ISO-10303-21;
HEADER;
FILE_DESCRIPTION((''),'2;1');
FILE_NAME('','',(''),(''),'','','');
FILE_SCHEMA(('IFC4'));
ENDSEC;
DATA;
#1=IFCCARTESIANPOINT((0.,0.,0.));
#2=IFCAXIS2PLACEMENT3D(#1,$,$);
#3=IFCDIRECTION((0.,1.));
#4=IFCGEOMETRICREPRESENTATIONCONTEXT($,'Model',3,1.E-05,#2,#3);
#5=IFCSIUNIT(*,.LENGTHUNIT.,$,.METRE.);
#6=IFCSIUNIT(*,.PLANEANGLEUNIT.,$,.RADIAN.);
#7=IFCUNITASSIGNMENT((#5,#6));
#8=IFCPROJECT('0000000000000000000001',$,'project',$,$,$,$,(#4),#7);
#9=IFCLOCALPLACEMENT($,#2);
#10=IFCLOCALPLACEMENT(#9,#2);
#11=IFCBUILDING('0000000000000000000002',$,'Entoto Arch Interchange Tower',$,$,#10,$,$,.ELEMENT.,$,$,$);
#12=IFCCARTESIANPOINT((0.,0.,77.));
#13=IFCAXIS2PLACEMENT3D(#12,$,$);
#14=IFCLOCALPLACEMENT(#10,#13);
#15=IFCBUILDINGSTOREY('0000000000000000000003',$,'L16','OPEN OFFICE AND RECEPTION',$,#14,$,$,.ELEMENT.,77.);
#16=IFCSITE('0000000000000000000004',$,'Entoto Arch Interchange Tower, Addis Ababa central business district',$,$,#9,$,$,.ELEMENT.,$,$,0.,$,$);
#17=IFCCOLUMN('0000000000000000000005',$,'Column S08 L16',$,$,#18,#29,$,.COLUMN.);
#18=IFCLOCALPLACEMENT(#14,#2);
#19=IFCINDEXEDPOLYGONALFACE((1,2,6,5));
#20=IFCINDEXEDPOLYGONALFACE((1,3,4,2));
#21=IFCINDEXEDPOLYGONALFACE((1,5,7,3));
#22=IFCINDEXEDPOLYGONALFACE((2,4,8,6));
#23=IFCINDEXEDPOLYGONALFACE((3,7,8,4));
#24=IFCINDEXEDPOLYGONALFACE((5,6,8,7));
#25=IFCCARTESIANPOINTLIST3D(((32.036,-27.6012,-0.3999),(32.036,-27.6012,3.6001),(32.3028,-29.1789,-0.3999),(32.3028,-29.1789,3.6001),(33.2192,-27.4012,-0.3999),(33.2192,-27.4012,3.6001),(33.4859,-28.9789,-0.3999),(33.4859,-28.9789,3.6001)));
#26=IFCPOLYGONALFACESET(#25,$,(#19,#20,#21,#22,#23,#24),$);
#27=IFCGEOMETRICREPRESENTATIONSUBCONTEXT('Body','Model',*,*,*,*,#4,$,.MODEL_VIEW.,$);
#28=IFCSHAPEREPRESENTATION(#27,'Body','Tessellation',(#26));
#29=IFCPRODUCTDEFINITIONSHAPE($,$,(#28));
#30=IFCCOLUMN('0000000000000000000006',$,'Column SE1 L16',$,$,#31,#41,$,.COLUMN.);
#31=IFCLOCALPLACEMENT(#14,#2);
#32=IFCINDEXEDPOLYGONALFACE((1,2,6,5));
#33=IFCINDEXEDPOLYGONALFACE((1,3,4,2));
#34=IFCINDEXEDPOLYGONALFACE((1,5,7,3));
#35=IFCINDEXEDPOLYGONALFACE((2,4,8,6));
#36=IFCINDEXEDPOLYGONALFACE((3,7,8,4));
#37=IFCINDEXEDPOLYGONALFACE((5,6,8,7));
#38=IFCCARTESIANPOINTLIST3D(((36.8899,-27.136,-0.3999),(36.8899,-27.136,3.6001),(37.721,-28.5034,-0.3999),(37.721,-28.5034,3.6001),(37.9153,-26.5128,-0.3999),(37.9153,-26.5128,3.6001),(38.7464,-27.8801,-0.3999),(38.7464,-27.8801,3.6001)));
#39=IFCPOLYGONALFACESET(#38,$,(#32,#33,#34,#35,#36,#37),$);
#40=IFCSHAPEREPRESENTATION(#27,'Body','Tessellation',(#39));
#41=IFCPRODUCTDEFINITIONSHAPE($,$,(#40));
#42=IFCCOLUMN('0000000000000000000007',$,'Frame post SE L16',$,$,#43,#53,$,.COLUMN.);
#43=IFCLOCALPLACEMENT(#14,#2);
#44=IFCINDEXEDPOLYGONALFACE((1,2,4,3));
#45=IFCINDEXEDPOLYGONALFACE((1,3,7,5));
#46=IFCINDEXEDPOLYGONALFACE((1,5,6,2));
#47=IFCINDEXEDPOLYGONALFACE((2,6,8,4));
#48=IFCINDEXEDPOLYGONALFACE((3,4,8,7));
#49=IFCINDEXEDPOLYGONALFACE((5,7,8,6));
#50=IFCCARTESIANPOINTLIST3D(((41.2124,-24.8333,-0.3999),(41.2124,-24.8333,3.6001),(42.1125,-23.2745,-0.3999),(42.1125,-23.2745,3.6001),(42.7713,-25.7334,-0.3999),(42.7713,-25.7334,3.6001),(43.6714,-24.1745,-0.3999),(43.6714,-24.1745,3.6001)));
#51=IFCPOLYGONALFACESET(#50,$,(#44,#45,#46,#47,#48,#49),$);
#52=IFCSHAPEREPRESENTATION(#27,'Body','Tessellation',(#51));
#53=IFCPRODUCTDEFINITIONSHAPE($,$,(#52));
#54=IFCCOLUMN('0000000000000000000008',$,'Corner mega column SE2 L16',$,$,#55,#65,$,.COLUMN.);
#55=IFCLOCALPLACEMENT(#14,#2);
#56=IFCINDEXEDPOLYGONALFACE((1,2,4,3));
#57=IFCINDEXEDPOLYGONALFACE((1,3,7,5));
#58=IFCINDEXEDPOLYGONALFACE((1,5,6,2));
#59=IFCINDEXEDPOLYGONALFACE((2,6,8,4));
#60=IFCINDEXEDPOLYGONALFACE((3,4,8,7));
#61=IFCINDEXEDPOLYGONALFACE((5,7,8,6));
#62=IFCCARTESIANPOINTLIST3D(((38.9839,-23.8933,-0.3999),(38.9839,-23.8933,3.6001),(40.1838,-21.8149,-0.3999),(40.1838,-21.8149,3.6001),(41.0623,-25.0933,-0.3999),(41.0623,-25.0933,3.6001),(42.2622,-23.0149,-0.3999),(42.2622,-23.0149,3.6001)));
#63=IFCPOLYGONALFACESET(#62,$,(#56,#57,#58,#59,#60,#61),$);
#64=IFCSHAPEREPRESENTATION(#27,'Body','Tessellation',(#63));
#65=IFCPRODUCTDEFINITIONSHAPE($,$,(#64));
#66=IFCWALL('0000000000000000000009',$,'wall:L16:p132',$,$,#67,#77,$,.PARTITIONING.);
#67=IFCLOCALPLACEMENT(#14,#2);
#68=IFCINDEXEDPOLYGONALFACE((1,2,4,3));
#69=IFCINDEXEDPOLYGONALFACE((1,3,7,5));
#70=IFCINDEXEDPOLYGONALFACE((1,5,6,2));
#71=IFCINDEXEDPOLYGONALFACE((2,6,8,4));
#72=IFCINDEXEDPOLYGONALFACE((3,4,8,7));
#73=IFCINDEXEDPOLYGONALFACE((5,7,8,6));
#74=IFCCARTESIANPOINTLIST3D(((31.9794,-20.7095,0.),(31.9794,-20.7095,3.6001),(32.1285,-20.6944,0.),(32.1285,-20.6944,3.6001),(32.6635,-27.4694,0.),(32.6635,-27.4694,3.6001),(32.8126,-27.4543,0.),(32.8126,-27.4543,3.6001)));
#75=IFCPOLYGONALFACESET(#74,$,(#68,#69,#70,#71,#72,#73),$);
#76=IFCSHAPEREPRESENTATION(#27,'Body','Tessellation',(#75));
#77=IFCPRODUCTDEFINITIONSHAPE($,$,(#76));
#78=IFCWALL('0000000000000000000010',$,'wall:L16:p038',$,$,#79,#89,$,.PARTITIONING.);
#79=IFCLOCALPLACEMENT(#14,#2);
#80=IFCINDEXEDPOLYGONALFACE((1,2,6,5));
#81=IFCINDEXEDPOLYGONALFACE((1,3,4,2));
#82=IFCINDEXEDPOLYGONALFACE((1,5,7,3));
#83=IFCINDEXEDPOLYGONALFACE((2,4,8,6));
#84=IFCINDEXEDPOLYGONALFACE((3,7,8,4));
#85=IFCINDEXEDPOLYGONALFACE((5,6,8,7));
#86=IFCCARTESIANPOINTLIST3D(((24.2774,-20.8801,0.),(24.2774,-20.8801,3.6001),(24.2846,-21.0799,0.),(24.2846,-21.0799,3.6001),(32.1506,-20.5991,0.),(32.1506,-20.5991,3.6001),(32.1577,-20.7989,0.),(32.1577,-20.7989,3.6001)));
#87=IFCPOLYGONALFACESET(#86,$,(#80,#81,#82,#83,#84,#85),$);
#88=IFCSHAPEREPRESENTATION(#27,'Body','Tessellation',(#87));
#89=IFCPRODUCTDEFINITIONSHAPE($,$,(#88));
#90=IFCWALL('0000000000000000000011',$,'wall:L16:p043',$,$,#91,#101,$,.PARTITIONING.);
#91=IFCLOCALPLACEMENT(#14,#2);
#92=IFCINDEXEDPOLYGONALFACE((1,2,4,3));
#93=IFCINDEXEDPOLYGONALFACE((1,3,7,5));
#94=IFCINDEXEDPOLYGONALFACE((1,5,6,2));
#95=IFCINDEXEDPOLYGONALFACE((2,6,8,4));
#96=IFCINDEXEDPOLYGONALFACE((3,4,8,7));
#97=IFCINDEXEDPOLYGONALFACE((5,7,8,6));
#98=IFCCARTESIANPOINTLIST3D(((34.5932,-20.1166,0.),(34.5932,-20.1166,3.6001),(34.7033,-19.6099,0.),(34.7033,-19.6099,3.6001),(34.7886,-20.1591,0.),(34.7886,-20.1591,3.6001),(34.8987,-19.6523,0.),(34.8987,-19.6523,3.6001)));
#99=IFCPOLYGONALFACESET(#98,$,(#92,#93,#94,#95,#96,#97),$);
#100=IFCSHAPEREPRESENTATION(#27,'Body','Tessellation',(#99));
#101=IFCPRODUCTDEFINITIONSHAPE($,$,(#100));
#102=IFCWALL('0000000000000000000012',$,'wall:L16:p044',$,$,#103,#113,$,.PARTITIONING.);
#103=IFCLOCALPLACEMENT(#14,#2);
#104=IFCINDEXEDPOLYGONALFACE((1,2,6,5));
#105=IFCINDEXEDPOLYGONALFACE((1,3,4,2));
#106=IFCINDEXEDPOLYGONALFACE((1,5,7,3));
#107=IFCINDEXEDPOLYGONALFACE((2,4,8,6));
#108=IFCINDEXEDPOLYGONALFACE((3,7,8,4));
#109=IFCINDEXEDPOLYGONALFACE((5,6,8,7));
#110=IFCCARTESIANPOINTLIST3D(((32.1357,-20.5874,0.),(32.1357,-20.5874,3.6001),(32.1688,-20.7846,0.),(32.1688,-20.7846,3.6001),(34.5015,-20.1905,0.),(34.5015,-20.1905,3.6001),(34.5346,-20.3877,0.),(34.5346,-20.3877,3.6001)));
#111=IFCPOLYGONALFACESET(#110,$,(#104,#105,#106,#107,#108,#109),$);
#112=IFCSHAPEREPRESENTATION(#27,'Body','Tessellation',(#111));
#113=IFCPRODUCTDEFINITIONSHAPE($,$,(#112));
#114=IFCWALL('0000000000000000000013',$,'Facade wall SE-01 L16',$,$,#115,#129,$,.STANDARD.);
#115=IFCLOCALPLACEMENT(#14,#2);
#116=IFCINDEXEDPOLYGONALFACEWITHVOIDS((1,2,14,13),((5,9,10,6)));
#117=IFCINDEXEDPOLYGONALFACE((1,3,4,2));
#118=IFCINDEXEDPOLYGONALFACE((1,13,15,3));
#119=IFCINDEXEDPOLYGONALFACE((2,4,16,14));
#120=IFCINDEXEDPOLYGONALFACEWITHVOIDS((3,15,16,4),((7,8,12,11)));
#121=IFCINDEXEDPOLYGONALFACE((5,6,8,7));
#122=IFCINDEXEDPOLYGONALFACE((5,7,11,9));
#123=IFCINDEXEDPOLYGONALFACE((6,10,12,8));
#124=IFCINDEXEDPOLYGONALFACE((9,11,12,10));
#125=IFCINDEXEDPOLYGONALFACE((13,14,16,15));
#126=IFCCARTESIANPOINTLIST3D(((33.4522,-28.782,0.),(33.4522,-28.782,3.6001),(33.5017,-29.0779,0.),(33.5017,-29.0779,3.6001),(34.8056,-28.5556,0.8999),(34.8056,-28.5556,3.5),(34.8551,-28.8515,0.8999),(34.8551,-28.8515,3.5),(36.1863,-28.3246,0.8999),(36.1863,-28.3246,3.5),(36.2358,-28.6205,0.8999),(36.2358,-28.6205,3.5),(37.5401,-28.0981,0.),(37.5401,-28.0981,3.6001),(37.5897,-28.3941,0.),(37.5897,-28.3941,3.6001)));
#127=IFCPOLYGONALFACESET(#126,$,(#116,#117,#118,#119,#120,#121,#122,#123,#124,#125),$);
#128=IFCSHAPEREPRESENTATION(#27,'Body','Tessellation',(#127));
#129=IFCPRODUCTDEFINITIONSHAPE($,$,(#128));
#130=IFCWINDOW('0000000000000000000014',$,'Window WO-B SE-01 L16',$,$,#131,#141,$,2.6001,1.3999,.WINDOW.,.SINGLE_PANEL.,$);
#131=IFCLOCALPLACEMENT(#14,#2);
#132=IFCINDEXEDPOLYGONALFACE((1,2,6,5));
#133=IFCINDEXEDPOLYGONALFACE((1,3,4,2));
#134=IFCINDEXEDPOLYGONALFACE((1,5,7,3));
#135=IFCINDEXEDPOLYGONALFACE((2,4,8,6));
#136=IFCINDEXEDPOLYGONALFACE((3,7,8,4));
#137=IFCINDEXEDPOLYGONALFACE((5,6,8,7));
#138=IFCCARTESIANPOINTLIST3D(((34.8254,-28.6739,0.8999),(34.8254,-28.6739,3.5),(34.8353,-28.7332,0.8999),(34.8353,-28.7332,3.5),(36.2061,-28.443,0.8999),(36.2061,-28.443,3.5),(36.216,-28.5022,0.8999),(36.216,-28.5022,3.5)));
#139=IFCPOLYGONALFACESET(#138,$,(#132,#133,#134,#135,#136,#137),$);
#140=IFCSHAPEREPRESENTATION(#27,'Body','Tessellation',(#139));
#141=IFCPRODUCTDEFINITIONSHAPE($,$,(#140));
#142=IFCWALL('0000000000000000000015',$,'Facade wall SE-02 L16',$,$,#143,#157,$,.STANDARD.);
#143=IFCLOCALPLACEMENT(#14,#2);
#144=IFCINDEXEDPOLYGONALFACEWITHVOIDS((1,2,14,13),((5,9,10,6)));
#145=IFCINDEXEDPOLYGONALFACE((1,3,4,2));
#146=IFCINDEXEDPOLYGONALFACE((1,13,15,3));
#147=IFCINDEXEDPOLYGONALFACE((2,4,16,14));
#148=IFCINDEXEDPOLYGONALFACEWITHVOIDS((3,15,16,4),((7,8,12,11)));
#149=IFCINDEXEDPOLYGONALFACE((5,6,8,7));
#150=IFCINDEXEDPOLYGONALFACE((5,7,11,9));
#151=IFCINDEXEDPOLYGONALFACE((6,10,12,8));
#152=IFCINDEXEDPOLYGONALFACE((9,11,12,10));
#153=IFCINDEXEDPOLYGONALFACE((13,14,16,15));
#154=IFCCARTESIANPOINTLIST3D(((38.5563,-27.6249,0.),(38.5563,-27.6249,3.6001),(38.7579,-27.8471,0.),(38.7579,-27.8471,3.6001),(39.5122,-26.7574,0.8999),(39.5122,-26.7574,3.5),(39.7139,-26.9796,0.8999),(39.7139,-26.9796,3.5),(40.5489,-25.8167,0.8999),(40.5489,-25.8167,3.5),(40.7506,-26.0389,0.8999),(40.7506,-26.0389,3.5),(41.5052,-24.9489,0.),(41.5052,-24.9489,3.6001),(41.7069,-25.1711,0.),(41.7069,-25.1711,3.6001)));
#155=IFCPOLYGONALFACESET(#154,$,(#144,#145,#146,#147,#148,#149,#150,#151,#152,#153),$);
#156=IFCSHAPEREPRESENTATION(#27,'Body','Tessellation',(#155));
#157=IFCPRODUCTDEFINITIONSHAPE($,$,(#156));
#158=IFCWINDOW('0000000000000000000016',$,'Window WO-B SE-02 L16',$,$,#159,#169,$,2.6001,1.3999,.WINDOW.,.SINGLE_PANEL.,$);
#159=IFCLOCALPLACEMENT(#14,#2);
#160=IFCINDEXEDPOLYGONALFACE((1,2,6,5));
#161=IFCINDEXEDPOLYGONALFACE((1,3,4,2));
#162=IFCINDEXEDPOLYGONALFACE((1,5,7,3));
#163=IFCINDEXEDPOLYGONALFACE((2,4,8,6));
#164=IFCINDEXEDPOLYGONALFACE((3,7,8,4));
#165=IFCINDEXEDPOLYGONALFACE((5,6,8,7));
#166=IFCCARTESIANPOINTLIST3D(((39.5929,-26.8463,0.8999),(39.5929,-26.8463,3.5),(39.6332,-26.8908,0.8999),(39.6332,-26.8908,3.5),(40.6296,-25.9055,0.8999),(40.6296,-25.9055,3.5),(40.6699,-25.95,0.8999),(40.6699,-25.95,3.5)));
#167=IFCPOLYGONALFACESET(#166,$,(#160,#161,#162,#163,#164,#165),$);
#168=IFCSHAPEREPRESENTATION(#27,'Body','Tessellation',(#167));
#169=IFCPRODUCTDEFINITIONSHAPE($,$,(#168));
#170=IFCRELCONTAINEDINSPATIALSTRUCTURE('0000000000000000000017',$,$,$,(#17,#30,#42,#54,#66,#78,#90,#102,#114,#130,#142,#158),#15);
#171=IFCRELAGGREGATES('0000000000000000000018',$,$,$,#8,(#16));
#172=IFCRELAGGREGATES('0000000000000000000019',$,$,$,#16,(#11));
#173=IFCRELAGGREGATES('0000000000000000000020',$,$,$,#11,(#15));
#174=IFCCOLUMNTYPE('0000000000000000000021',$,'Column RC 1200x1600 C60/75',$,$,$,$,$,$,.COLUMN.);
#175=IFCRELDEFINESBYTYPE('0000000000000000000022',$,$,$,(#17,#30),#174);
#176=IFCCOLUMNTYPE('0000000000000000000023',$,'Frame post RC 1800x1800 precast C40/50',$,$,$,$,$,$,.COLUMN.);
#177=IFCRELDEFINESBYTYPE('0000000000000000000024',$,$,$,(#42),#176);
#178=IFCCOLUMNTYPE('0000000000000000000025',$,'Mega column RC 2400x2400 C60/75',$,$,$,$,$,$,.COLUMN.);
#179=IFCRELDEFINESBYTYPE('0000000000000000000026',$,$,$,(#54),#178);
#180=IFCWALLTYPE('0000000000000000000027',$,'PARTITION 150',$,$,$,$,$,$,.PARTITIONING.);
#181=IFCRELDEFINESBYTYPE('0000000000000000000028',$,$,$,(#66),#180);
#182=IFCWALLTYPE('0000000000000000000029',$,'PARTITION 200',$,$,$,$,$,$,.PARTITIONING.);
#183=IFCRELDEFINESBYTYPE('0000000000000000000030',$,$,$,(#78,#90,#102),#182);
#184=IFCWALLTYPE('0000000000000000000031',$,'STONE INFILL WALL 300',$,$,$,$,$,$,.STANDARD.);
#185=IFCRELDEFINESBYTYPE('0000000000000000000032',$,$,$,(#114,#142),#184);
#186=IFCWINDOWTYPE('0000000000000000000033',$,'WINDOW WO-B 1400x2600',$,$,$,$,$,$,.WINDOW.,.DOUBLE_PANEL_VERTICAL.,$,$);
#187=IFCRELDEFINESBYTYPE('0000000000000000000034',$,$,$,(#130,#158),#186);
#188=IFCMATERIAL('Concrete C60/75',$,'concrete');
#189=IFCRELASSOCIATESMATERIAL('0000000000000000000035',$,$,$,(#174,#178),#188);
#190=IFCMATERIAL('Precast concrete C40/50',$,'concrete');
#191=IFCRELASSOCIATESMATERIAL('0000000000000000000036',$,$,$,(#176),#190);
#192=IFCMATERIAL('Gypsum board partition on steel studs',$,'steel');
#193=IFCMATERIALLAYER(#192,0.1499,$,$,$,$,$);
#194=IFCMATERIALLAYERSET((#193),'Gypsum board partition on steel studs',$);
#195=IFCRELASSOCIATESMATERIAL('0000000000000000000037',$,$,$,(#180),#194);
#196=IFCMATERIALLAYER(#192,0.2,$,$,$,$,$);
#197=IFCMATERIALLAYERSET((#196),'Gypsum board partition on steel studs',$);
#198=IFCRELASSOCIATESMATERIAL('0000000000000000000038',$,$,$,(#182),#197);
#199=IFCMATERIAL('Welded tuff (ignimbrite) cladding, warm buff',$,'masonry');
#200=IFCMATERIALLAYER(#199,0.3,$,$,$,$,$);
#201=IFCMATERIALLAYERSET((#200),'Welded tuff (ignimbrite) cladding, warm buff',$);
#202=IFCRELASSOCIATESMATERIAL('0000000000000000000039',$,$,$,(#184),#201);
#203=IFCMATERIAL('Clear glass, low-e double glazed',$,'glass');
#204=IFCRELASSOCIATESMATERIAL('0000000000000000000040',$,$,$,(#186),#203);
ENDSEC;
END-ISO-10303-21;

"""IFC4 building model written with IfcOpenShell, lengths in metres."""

from ifc_helpers import new_model, si_unit, direction, frame, frame_2d, origin, origin_2d, place, context, subcontext, project, spatial, rectangle, extrude, material, layer, layer_set, material_profile, profile_set, type_object, element, fill, save


model = new_model("IFC4")

# Units and contexts
model_context = context("Model", 3, precision=1e-05, world=origin(), true_north=direction((0.0, 1.0)))
body_context = subcontext(model_context, "Body", "Model", "MODEL_VIEW")
ifc_project = project(units=[si_unit("LENGTHUNIT", "METRE"), si_unit("PLANEANGLEUNIT", "RADIAN")], contexts=[model_context])

# Site, building, storey
site_placement = place(None, origin())
site = spatial("IfcSite", under=ifc_project, at=site_placement, Name="Entoto Arch Interchange Tower, Addis Ababa central business district", CompositionType="ELEMENT", RefElevation=0.0)
building_placement = place(site_placement, origin())
building = spatial("IfcBuilding", under=site, at=building_placement, Name="Entoto Arch Interchange Tower", CompositionType="ELEMENT")
storey_placement = place(building_placement, frame((0.0, 0.0, 77.0)))
storey = spatial("IfcBuildingStorey", under=building, at=storey_placement, Name="L16", Description="OPEN OFFICE AND RECEPTION", CompositionType="ELEMENT", Elevation=77.0)

# Columns
ifc_material_1 = material(Name="Concrete C60/75", Category="concrete")
ifc_material_profile_1 = material_profile(ifc_material_1, rectangle(XDim=1.2, YDim=1.6001, at=origin_2d()))
ifc_profile_set_1 = profile_set([ifc_material_profile_1], Name="Concrete C60/75")
column_type_1 = type_object("IfcColumnType", Name="Column RC 1200x1600 C60/75", PredefinedType="COLUMN", material=ifc_profile_set_1)
for number, where, z_axis, x_axis, name in (
    (1, (32.761, -28.29, -0.3999), (0.0, 0.0, 1.0), (0.986005, 0.166717, 0.0), "Column S08 L16"),
    (2, (37.8181, -27.5081, -0.3999), (0.0, 0.0, 1.0), (0.854522, 0.519415, 0.0), "Column SE1 L16"),
):
    element("IfcColumn", number, at=place(storey_placement, frame(where, z_axis=z_axis, x_axis=x_axis)), inside=storey, type_object=column_type_1, Name=name, PredefinedType="COLUMN", context=body_context, shape_type="SweptSolid", body=[
        extrude(rectangle(XDim=1.2, YDim=1.6001, at=origin_2d()), origin(), (0.0, 0.0, 1.0), 4.0),
    ])
ifc_material_2 = material(Name="Precast concrete C40/50", Category="concrete")
ifc_material_profile_2 = material_profile(ifc_material_2, rectangle(XDim=1.8, YDim=1.8, at=origin_2d()))
ifc_profile_set_2 = profile_set([ifc_material_profile_2], Name="Precast concrete C40/50")
column_type_2 = type_object("IfcColumnType", Name="Frame post RC 1800x1800 precast C40/50", PredefinedType="COLUMN", material=ifc_profile_set_2)
column_1_placement = place(storey_placement, frame((42.4419, -24.5039, -0.3999), z_axis=(0.0, 0.0, 1.0), x_axis=(-0.866025, 0.5, 0.0)))
element("IfcColumn", 3, at=column_1_placement, inside=storey, type_object=column_type_2, Name="Frame post SE L16", PredefinedType="COLUMN", context=body_context, shape_type="SweptSolid", body=[
    extrude(rectangle(XDim=1.8, YDim=1.8, at=origin_2d()), origin(), (0.0, 0.0, 1.0), 4.0),
])
ifc_material_profile_3 = material_profile(ifc_material_1, rectangle(XDim=2.3999, YDim=2.3999, at=origin_2d()))
ifc_profile_set_3 = profile_set([ifc_material_profile_3], Name="Concrete C60/75")
column_type_3 = type_object("IfcColumnType", Name="Mega column RC 2400x2400 C60/75", PredefinedType="COLUMN", material=ifc_profile_set_3)
column_2_placement = place(storey_placement, frame((40.623, -23.4541, -0.3999), z_axis=(0.0, 0.0, 1.0), x_axis=(-0.866025, 0.5, 0.0)))
element("IfcColumn", 4, at=column_2_placement, inside=storey, type_object=column_type_3, Name="Corner mega column SE2 L16", PredefinedType="COLUMN", context=body_context, shape_type="SweptSolid", body=[
    extrude(rectangle(XDim=2.3999, YDim=2.3999, at=origin_2d()), origin(), (0.0, 0.0, 1.0), 4.0),
])

# Walls
ifc_material_3 = material(Name="Gypsum board partition on steel studs", Category="steel")
ifc_layer_1 = layer(ifc_material_3, 0.1499)
ifc_layer_set_1 = layer_set([ifc_layer_1], Name="Gypsum board partition on steel studs")
wall_type_1 = type_object("IfcWallType", Name="PARTITION 150", PredefinedType="PARTITIONING", material=ifc_layer_set_1)
wall_1_placement = place(storey_placement, frame((32.054, -20.7019, 0.0), z_axis=(0.0, 0.0, 1.0), x_axis=(0.100681, -0.994919, 0.0)))
element("IfcWall", 5, at=wall_1_placement, inside=storey, type_object=wall_type_1, Name="wall:L16:p132", PredefinedType="PARTITIONING", context=body_context, shape_type="SweptSolid", body=[
    extrude(rectangle(XDim=6.7944, YDim=0.1499, at=frame_2d((3.3972, 0.0))), origin(), (0.0, 0.0, 1.0), 3.6001),
])
ifc_layer_2 = layer(ifc_material_3, 0.2)
ifc_layer_set_2 = layer_set([ifc_layer_2], Name="Gypsum board partition on steel studs")
wall_type_2 = type_object("IfcWallType", Name="PARTITION 200", PredefinedType="PARTITIONING", material=ifc_layer_set_2)
wall_2_placement = place(storey_placement, frame((32.1541, -20.699, 0.0), z_axis=(0.0, 0.0, 1.0), x_axis=(-0.999364, -0.035669, 0.0)))
element("IfcWall", 6, at=wall_2_placement, inside=storey, type_object=wall_type_2, Name="wall:L16:p038", PredefinedType="PARTITIONING", context=body_context, shape_type="SweptSolid", body=[
    extrude(rectangle(XDim=7.8782, YDim=0.2, at=frame_2d((3.939, 0.0))), origin(), (0.0, 0.0, 1.0), 3.6001),
])
wall_3_placement = place(storey_placement, frame((34.801, -19.6311, 0.0), z_axis=(0.0, 0.0, 1.0), x_axis=(-0.212293, -0.977206, 0.0)))
element("IfcWall", 7, at=wall_3_placement, inside=storey, type_object=wall_type_2, Name="wall:L16:p043", PredefinedType="PARTITIONING", context=body_context, shape_type="SweptSolid", body=[
    extrude(rectangle(XDim=0.5186, YDim=0.2, at=frame_2d((0.2593, 0.0))), origin(), (0.0, 0.0, 1.0), 3.6001),
])
wall_4_placement = place(storey_placement, frame((34.5181, -20.2891, 0.0), z_axis=(0.0, 0.0, 1.0), x_axis=(-0.986215, -0.165472, 0.0)))
element("IfcWall", 8, at=wall_4_placement, inside=storey, type_object=wall_type_2, Name="wall:L16:p044", PredefinedType="PARTITIONING", context=body_context, shape_type="SweptSolid", body=[
    extrude(rectangle(XDim=2.3989, YDim=0.2, at=frame_2d((1.1995, 0.0))), origin(), (0.0, 0.0, 1.0), 3.6001),
])

# Walls, openings, windows
ifc_material_4 = material(Name="Welded tuff (ignimbrite) cladding, warm buff", Category="masonry")
ifc_layer_3 = layer(ifc_material_4, 0.3)
ifc_layer_set_3 = layer_set([ifc_layer_3], Name="Welded tuff (ignimbrite) cladding, warm buff")
wall_type_3 = type_object("IfcWallType", Name="STONE INFILL WALL 300", PredefinedType="STANDARD", material=ifc_layer_set_3)
wall_5_placement = place(storey_placement, frame((33.4771, -28.9299, 0.0), z_axis=(0.0, 0.0, 1.0), x_axis=(0.986295, 0.164991, 0.0)))
wall_5 = element("IfcWall", 9, at=wall_5_placement, inside=storey, type_object=wall_type_3, Name="Facade wall SE-01 L16", PredefinedType="STANDARD", context=body_context, shape_type="SweptSolid", body=[
    extrude(rectangle(XDim=4.1448, YDim=0.3, at=frame_2d((2.0723, 0.0))), origin(), (0.0, 0.0, 1.0), 3.6001),
])
opening_1_placement = place(wall_5_placement, frame((1.3721, 0.0, 0.8999)))
opening_1 = element("IfcOpeningElement", 10, at=opening_1_placement, cuts=wall_5, PredefinedType="OPENING", context=body_context, shape_type="SweptSolid", body=[
    extrude(rectangle(XDim=1.3999, YDim=2.6001, at=frame_2d((0.7, 1.3))), frame((0.0, 0.1602, 0.0), z_axis=(0.0, -1.0, 0.0), x_axis=(1.0, 0.0, 0.0)), (0.0, 0.0, 1.0), 0.3201),
])
ifc_material_5 = material(Name="Clear glass, low-e double glazed", Category="glass")
window_type = type_object("IfcWindowType", Name="WINDOW WO-B 1400x2600", PartitioningType="DOUBLE_PANEL_VERTICAL", PredefinedType="WINDOW", material=ifc_material_5)
window_1_placement = place(opening_1_placement, origin())
window_1 = element("IfcWindow", 11, at=window_1_placement, inside=storey, type_object=window_type, Name="Window WO-B SE-01 L16", OverallHeight=2.6001, OverallWidth=1.3999, PartitioningType="SINGLE_PANEL", PredefinedType="WINDOW", context=body_context, shape_type="SweptSolid", body=[
    extrude(rectangle(XDim=1.3999, YDim=2.6001, at=frame_2d((0.7, 1.3))), frame((0.0, 0.03, 0.0), z_axis=(0.0, -1.0, 0.0), x_axis=(1.0, 0.0, 0.0)), (0.0, 0.0, 1.0), 0.0601),
])
fill(opening_1, window_1)
wall_6_placement = place(storey_placement, frame((38.657, -27.7361, 0.0), z_axis=(0.0, 0.0, 1.0), x_axis=(0.740547, 0.672004, 0.0)))
wall_6 = element("IfcWall", 12, at=wall_6_placement, inside=storey, type_object=wall_type_3, Name="Facade wall SE-02 L16", PredefinedType="STANDARD", context=body_context, shape_type="SweptSolid", body=[
    extrude(rectangle(XDim=3.9822, YDim=0.3, at=frame_2d((1.9912, 0.0))), origin(), (0.0, 0.0, 1.0), 3.6001),
])
opening_2_placement = place(wall_6_placement, frame((1.291, 0.0, 0.8999)))
opening_2 = element("IfcOpeningElement", 13, at=opening_2_placement, cuts=wall_6, PredefinedType="OPENING", context=body_context, shape_type="SweptSolid", body=[
    extrude(rectangle(XDim=1.3999, YDim=2.6001, at=frame_2d((0.7, 1.3))), frame((0.0, 0.1602, 0.0), z_axis=(0.0, -1.0, 0.0), x_axis=(1.0, 0.0, 0.0)), (0.0, 0.0, 1.0), 0.3201),
])
window_2_placement = place(opening_2_placement, origin())
window_2 = element("IfcWindow", 14, at=window_2_placement, inside=storey, type_object=window_type, Name="Window WO-B SE-02 L16", OverallHeight=2.6001, OverallWidth=1.3999, PartitioningType="SINGLE_PANEL", PredefinedType="WINDOW", context=body_context, shape_type="SweptSolid", body=[
    extrude(rectangle(XDim=1.3999, YDim=2.6001, at=frame_2d((0.7, 1.3))), frame((0.0, 0.03, 0.0), z_axis=(0.0, -1.0, 0.0), x_axis=(1.0, 0.0, 0.0)), (0.0, 0.0, 1.0), 0.0601),
])
fill(opening_2, window_2)

save(model, "model.ifc")
